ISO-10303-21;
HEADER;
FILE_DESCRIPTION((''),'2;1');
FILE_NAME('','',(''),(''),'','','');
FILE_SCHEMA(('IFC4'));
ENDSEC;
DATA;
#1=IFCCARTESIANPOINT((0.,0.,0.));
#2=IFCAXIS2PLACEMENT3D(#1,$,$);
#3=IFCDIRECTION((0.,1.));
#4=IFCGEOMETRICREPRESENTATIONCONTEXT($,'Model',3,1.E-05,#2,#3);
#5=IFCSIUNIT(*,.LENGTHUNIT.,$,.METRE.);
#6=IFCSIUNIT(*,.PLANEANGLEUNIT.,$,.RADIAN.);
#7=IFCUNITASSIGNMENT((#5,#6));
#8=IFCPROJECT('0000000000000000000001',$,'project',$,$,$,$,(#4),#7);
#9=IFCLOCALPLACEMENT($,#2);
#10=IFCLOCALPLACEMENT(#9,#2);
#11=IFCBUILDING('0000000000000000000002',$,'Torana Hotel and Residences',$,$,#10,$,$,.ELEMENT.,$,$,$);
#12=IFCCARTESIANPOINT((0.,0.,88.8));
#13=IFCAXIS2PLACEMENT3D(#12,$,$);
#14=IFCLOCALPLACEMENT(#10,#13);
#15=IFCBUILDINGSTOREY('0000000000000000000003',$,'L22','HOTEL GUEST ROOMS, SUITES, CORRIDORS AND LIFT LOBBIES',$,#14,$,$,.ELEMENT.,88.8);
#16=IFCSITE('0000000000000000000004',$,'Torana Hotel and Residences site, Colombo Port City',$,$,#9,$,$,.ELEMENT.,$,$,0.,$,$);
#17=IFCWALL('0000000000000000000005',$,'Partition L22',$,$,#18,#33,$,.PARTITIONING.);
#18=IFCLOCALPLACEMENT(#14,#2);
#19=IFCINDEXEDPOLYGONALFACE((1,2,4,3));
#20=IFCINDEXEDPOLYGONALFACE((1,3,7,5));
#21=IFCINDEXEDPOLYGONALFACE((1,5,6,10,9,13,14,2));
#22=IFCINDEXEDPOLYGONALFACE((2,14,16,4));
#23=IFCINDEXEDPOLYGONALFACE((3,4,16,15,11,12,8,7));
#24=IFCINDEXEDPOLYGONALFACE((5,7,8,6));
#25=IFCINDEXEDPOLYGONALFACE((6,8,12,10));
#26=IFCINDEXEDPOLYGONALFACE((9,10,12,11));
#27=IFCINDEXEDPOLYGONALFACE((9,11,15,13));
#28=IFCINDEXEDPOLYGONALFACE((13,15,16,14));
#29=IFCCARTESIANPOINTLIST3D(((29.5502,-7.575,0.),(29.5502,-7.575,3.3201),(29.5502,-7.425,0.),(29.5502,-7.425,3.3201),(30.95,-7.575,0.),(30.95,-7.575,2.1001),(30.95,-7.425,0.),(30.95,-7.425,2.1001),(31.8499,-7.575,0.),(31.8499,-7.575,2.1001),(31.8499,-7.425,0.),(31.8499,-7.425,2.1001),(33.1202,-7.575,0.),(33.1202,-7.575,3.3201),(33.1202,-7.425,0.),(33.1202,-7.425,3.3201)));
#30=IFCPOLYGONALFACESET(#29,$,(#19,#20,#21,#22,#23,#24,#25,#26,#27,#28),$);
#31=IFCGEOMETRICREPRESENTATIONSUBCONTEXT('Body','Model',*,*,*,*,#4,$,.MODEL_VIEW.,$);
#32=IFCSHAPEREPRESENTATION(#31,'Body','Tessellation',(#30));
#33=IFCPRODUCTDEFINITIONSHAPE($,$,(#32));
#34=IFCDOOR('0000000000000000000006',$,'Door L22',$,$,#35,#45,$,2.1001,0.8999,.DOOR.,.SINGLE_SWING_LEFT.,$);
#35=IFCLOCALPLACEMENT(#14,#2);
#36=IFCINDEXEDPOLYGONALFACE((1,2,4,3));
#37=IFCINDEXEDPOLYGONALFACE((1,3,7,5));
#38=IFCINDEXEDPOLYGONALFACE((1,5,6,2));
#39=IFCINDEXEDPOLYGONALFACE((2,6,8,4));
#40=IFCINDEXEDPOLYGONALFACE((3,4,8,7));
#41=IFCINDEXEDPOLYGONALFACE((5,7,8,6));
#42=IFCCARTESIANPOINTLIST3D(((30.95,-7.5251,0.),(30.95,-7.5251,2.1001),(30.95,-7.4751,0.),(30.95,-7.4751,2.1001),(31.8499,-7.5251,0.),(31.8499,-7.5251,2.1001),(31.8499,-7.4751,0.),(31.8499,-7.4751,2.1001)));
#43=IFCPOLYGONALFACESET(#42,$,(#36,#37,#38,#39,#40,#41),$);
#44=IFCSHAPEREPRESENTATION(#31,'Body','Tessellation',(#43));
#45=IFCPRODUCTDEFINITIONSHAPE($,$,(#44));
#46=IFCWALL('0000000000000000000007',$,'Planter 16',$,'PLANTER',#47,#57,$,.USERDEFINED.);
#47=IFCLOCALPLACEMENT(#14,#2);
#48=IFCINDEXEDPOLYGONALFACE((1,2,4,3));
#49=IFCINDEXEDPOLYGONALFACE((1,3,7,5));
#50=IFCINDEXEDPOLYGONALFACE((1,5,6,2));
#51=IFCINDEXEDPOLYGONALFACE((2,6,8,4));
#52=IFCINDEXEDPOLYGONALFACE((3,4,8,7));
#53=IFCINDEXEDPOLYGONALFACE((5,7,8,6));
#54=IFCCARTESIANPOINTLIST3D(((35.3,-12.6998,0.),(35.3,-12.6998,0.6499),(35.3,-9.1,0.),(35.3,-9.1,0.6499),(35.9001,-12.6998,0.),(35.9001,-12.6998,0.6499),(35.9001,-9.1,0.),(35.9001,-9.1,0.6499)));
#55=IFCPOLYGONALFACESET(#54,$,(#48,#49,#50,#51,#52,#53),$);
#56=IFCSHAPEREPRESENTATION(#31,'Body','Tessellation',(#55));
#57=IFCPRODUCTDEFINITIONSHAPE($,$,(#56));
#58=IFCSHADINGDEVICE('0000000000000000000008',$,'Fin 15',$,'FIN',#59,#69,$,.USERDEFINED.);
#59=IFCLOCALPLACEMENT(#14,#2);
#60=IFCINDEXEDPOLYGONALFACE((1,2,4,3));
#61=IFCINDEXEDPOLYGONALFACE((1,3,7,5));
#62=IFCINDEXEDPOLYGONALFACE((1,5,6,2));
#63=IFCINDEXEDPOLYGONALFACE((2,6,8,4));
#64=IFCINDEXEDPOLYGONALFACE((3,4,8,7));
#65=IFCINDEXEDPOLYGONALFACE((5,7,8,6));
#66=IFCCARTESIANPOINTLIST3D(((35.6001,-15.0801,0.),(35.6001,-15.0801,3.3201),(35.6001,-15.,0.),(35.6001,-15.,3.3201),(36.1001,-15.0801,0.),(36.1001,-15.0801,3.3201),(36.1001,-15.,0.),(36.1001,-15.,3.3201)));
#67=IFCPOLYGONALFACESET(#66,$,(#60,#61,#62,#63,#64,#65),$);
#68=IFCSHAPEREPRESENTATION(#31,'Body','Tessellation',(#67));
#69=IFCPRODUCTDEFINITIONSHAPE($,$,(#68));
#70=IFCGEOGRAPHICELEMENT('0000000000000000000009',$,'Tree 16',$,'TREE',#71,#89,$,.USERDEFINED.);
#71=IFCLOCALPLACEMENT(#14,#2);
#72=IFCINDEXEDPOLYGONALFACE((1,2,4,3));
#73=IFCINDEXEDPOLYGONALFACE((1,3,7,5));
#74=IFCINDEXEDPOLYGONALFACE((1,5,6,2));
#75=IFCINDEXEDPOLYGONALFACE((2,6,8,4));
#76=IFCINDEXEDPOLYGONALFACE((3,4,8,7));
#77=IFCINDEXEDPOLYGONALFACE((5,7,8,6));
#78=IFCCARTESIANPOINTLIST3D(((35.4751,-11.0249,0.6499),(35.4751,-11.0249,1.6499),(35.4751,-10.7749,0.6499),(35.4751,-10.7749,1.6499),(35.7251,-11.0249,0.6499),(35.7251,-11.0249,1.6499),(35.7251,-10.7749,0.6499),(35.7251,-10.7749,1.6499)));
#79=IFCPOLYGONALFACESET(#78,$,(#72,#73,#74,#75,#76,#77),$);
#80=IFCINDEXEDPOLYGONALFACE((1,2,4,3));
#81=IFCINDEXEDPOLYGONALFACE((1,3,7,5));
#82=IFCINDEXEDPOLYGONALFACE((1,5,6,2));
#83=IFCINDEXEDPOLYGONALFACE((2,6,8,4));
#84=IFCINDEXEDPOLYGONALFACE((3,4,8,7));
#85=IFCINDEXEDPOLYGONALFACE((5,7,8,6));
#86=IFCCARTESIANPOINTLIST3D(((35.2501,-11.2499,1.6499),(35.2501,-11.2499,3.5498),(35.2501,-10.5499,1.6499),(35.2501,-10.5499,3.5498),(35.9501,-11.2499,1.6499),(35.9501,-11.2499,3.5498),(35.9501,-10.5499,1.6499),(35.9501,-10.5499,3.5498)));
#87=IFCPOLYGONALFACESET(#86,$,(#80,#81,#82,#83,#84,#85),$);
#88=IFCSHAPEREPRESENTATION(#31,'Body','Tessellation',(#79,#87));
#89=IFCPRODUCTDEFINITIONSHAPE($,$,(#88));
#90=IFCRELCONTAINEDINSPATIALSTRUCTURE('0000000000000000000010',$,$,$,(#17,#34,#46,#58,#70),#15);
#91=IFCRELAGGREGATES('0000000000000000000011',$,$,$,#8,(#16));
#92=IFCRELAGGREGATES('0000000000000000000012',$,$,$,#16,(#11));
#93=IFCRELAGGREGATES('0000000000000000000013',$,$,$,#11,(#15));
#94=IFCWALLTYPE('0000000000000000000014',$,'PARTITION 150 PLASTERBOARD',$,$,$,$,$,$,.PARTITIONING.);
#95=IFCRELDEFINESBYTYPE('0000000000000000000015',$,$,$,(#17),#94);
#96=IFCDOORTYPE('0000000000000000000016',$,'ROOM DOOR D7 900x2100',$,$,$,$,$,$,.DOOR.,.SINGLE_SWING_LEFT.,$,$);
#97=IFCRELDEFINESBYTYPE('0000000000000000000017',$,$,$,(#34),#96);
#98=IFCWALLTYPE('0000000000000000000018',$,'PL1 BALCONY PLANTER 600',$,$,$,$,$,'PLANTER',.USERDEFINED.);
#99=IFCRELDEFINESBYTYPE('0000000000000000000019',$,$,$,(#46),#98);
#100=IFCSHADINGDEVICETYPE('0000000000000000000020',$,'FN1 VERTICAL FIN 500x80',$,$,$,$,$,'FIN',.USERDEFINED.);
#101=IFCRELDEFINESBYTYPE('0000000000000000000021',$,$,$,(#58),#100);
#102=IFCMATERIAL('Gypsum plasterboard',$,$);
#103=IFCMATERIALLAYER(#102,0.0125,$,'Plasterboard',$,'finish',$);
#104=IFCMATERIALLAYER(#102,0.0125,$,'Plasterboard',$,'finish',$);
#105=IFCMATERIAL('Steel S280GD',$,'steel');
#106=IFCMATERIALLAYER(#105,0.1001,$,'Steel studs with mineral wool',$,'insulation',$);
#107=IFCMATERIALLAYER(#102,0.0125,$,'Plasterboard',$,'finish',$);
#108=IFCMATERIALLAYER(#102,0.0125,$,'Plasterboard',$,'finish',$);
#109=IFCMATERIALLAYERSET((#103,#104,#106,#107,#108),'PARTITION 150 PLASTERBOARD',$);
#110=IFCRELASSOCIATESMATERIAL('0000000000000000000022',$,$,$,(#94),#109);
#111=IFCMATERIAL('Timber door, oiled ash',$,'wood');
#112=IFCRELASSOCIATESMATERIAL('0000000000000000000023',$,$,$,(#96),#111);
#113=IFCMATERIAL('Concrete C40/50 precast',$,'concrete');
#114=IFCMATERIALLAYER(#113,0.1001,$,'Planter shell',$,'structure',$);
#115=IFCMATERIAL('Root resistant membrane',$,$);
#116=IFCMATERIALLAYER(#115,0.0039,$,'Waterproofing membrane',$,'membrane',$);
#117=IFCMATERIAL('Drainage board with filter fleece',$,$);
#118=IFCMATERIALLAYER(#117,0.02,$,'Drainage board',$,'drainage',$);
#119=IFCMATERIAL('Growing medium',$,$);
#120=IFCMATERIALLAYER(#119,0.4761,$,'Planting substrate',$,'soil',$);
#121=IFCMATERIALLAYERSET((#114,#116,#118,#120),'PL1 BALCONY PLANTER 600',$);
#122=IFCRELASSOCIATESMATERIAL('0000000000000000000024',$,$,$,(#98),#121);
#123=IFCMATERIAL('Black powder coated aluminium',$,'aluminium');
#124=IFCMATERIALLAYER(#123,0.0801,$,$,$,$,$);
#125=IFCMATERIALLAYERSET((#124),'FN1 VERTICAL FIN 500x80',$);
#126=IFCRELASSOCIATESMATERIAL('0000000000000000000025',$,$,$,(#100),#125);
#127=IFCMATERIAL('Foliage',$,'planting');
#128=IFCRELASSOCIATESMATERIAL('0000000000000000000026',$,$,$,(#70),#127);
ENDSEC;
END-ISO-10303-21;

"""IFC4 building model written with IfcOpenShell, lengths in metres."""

from ifc_helpers import new_model, si_unit, direction, frame, frame_2d, origin, origin_2d, place, context, subcontext, project, spatial, rectangle, extrude, material, layer, layer_set, type_object, element, fill, save


model = new_model("IFC4")

# Units and contexts
model_context = context("Model", 3, precision=1e-05, world=origin(), true_north=direction((0.0, 1.0)))
body_context = subcontext(model_context, "Body", "Model", "MODEL_VIEW")
ifc_project = project(units=[si_unit("LENGTHUNIT", "METRE"), si_unit("PLANEANGLEUNIT", "RADIAN")], contexts=[model_context])

# Site, building, storey
site_placement = place(None, origin())
site = spatial("IfcSite", under=ifc_project, at=site_placement, Name="Torana Hotel and Residences site, Colombo Port City", CompositionType="ELEMENT", RefElevation=0.0)
building_placement = place(site_placement, origin())
building = spatial("IfcBuilding", under=site, at=building_placement, Name="Torana Hotel and Residences", CompositionType="ELEMENT")
storey_placement = place(building_placement, frame((0.0, 0.0, 88.8)))
storey = spatial("IfcBuildingStorey", under=building, at=storey_placement, Name="L22", Description="HOTEL GUEST ROOMS, SUITES, CORRIDORS AND LIFT LOBBIES", CompositionType="ELEMENT", Elevation=88.8)

# Shared definitions
ifc_material_1 = material(Name="Steel S280GD", Category="steel")

# Shared definitions
ifc_material_2 = material(Name="Concrete C40/50 precast", Category="concrete")

# Shared definitions
ifc_material_3 = material(Name="Gypsum plasterboard")
ifc_layer_1 = layer(ifc_material_3, 0.0125, Name="Plasterboard", Category="finish")
ifc_layer_2 = layer(ifc_material_3, 0.0125, Name="Plasterboard", Category="finish")
ifc_layer_3 = layer(ifc_material_1, 0.1001, Name="Steel studs with mineral wool", Category="insulation")
ifc_layer_4 = layer(ifc_material_3, 0.0125, Name="Plasterboard", Category="finish")
ifc_layer_5 = layer(ifc_material_3, 0.0125, Name="Plasterboard", Category="finish")
ifc_layer_set_1 = layer_set([ifc_layer_1, ifc_layer_2, ifc_layer_3, ifc_layer_4, ifc_layer_5], Name="PARTITION 150 PLASTERBOARD")
wall_type_1 = type_object("IfcWallType", Name="PARTITION 150 PLASTERBOARD", PredefinedType="PARTITIONING", material=ifc_layer_set_1)

# Wall, opening, door
wall_1_placement = place(storey_placement, frame((29.55, -7.5, 0.0), z_axis=(0.0, 0.0, 1.0), x_axis=(1.0, 0.0, 0.0)))
wall_1 = element("IfcWall", 1, at=wall_1_placement, inside=storey, type_object=wall_type_1, Name="Partition L22", PredefinedType="PARTITIONING", context=body_context, shape_type="SweptSolid", body=[
    extrude(rectangle(XDim=3.5701, YDim=0.1499, at=frame_2d((1.7852, 0.0))), origin(), (0.0, 0.0, 1.0), 3.3201),
])
opening_1_placement = place(wall_1_placement, frame((1.3999, 0.0, 0.0)))
opening_1 = element("IfcOpeningElement", 2, at=opening_1_placement, cuts=wall_1, PredefinedType="OPENING", context=body_context, shape_type="SweptSolid", body=[
    extrude(rectangle(XDim=0.8999, YDim=2.1001, at=frame_2d((0.45, 1.05))), frame((0.0, 0.085, 0.0), z_axis=(0.0, -1.0, 0.0), x_axis=(1.0, 0.0, 0.0)), (0.0, 0.0, 1.0), 0.1699),
])
ifc_material_4 = material(Name="Timber door, oiled ash", Category="wood")
door_type_1 = type_object("IfcDoorType", Name="ROOM DOOR D7 900x2100", OperationType="SINGLE_SWING_LEFT", PredefinedType="DOOR", material=ifc_material_4)
door_1_placement = place(opening_1_placement, origin())
door_1 = element("IfcDoor", 3, at=door_1_placement, inside=storey, type_object=door_type_1, Name="Door L22", OperationType="SINGLE_SWING_LEFT", OverallHeight=2.1001, OverallWidth=0.8999, PredefinedType="DOOR", context=body_context, shape_type="SweptSolid", body=[
    extrude(rectangle(XDim=0.8999, YDim=2.1001, at=frame_2d((0.45, 1.05))), frame((0.0, 0.0249, 0.0), z_axis=(0.0, -1.0, 0.0), x_axis=(1.0, 0.0, 0.0)), (0.0, 0.0, 1.0), 0.05),
])
fill(opening_1, door_1)

# Wall
ifc_layer_6 = layer(ifc_material_2, 0.1001, Name="Planter shell", Category="structure")
ifc_material_5 = material(Name="Root resistant membrane")
ifc_layer_7 = layer(ifc_material_5, 0.0039, Name="Waterproofing membrane", Category="membrane")
ifc_material_6 = material(Name="Drainage board with filter fleece")
ifc_layer_8 = layer(ifc_material_6, 0.02, Name="Drainage board", Category="drainage")
ifc_material_7 = material(Name="Growing medium")
ifc_layer_9 = layer(ifc_material_7, 0.4761, Name="Planting substrate", Category="soil")
ifc_layer_set_2 = layer_set([ifc_layer_6, ifc_layer_7, ifc_layer_8, ifc_layer_9], Name="PL1 BALCONY PLANTER 600")
wall_type_2 = type_object("IfcWallType", Name="PL1 BALCONY PLANTER 600", ElementType="PLANTER", PredefinedType="USERDEFINED", material=ifc_layer_set_2)
wall_2_placement = place(storey_placement, frame((35.6001, -9.1001, 0.0), z_axis=(0.0, 0.0, 1.0), x_axis=(0.0, -1.0, 0.0)))
element("IfcWall", 4, at=wall_2_placement, inside=storey, type_object=wall_type_2, Name="Planter 16", ObjectType="PLANTER", PredefinedType="USERDEFINED", context=body_context, shape_type="SweptSolid", body=[
    extrude(rectangle(XDim=3.5999, YDim=0.6001, at=frame_2d((1.7998, 0.0))), origin(), (0.0, 0.0, 1.0), 0.6499),
])

# Shading device
ifc_material_8 = material(Name="Black powder coated aluminium", Category="aluminium")
ifc_layer_10 = layer(ifc_material_8, 0.0801)
ifc_layer_set_3 = layer_set([ifc_layer_10], Name="FN1 VERTICAL FIN 500x80")
shading_device_type = type_object("IfcShadingDeviceType", Name="FN1 VERTICAL FIN 500x80", ElementType="FIN", PredefinedType="USERDEFINED", material=ifc_layer_set_3)
shading_device_placement = place(storey_placement, frame((35.8501, -15.04, 0.0), z_axis=(0.0, 0.0, 1.0), x_axis=(0.0, -1.0, 0.0)))
element("IfcShadingDevice", 5, at=shading_device_placement, inside=storey, type_object=shading_device_type, Name="Fin 15", ObjectType="FIN", PredefinedType="USERDEFINED", context=body_context, shape_type="SweptSolid", body=[
    extrude(rectangle(XDim=0.0801, YDim=0.5, at=origin_2d()), origin(), (0.0, 0.0, 1.0), 3.3201),
])

# Geographic element
ifc_material_9 = material(Name="Foliage", Category="planting")
geographic_element_placement = place(storey_placement, frame((35.6001, -10.8999, 0.6499), z_axis=(0.0, 0.0, 1.0), x_axis=(1.0, 0.0, 0.0)))
element("IfcGeographicElement", 6, at=geographic_element_placement, inside=storey, material=ifc_material_9, Name="Tree 16", ObjectType="TREE", PredefinedType="USERDEFINED", context=body_context, shape_type="SweptSolid", body=[
    extrude(rectangle(XDim=0.25, YDim=0.25, at=origin_2d()), origin(), (0.0, 0.0, 1.0), 1.0),
    extrude(rectangle(XDim=0.7, YDim=0.7, at=origin_2d()), frame((0.0, 0.0, 1.0)), (0.0, 0.0, 1.0), 1.8999),
])

save(model, "model.ifc")
